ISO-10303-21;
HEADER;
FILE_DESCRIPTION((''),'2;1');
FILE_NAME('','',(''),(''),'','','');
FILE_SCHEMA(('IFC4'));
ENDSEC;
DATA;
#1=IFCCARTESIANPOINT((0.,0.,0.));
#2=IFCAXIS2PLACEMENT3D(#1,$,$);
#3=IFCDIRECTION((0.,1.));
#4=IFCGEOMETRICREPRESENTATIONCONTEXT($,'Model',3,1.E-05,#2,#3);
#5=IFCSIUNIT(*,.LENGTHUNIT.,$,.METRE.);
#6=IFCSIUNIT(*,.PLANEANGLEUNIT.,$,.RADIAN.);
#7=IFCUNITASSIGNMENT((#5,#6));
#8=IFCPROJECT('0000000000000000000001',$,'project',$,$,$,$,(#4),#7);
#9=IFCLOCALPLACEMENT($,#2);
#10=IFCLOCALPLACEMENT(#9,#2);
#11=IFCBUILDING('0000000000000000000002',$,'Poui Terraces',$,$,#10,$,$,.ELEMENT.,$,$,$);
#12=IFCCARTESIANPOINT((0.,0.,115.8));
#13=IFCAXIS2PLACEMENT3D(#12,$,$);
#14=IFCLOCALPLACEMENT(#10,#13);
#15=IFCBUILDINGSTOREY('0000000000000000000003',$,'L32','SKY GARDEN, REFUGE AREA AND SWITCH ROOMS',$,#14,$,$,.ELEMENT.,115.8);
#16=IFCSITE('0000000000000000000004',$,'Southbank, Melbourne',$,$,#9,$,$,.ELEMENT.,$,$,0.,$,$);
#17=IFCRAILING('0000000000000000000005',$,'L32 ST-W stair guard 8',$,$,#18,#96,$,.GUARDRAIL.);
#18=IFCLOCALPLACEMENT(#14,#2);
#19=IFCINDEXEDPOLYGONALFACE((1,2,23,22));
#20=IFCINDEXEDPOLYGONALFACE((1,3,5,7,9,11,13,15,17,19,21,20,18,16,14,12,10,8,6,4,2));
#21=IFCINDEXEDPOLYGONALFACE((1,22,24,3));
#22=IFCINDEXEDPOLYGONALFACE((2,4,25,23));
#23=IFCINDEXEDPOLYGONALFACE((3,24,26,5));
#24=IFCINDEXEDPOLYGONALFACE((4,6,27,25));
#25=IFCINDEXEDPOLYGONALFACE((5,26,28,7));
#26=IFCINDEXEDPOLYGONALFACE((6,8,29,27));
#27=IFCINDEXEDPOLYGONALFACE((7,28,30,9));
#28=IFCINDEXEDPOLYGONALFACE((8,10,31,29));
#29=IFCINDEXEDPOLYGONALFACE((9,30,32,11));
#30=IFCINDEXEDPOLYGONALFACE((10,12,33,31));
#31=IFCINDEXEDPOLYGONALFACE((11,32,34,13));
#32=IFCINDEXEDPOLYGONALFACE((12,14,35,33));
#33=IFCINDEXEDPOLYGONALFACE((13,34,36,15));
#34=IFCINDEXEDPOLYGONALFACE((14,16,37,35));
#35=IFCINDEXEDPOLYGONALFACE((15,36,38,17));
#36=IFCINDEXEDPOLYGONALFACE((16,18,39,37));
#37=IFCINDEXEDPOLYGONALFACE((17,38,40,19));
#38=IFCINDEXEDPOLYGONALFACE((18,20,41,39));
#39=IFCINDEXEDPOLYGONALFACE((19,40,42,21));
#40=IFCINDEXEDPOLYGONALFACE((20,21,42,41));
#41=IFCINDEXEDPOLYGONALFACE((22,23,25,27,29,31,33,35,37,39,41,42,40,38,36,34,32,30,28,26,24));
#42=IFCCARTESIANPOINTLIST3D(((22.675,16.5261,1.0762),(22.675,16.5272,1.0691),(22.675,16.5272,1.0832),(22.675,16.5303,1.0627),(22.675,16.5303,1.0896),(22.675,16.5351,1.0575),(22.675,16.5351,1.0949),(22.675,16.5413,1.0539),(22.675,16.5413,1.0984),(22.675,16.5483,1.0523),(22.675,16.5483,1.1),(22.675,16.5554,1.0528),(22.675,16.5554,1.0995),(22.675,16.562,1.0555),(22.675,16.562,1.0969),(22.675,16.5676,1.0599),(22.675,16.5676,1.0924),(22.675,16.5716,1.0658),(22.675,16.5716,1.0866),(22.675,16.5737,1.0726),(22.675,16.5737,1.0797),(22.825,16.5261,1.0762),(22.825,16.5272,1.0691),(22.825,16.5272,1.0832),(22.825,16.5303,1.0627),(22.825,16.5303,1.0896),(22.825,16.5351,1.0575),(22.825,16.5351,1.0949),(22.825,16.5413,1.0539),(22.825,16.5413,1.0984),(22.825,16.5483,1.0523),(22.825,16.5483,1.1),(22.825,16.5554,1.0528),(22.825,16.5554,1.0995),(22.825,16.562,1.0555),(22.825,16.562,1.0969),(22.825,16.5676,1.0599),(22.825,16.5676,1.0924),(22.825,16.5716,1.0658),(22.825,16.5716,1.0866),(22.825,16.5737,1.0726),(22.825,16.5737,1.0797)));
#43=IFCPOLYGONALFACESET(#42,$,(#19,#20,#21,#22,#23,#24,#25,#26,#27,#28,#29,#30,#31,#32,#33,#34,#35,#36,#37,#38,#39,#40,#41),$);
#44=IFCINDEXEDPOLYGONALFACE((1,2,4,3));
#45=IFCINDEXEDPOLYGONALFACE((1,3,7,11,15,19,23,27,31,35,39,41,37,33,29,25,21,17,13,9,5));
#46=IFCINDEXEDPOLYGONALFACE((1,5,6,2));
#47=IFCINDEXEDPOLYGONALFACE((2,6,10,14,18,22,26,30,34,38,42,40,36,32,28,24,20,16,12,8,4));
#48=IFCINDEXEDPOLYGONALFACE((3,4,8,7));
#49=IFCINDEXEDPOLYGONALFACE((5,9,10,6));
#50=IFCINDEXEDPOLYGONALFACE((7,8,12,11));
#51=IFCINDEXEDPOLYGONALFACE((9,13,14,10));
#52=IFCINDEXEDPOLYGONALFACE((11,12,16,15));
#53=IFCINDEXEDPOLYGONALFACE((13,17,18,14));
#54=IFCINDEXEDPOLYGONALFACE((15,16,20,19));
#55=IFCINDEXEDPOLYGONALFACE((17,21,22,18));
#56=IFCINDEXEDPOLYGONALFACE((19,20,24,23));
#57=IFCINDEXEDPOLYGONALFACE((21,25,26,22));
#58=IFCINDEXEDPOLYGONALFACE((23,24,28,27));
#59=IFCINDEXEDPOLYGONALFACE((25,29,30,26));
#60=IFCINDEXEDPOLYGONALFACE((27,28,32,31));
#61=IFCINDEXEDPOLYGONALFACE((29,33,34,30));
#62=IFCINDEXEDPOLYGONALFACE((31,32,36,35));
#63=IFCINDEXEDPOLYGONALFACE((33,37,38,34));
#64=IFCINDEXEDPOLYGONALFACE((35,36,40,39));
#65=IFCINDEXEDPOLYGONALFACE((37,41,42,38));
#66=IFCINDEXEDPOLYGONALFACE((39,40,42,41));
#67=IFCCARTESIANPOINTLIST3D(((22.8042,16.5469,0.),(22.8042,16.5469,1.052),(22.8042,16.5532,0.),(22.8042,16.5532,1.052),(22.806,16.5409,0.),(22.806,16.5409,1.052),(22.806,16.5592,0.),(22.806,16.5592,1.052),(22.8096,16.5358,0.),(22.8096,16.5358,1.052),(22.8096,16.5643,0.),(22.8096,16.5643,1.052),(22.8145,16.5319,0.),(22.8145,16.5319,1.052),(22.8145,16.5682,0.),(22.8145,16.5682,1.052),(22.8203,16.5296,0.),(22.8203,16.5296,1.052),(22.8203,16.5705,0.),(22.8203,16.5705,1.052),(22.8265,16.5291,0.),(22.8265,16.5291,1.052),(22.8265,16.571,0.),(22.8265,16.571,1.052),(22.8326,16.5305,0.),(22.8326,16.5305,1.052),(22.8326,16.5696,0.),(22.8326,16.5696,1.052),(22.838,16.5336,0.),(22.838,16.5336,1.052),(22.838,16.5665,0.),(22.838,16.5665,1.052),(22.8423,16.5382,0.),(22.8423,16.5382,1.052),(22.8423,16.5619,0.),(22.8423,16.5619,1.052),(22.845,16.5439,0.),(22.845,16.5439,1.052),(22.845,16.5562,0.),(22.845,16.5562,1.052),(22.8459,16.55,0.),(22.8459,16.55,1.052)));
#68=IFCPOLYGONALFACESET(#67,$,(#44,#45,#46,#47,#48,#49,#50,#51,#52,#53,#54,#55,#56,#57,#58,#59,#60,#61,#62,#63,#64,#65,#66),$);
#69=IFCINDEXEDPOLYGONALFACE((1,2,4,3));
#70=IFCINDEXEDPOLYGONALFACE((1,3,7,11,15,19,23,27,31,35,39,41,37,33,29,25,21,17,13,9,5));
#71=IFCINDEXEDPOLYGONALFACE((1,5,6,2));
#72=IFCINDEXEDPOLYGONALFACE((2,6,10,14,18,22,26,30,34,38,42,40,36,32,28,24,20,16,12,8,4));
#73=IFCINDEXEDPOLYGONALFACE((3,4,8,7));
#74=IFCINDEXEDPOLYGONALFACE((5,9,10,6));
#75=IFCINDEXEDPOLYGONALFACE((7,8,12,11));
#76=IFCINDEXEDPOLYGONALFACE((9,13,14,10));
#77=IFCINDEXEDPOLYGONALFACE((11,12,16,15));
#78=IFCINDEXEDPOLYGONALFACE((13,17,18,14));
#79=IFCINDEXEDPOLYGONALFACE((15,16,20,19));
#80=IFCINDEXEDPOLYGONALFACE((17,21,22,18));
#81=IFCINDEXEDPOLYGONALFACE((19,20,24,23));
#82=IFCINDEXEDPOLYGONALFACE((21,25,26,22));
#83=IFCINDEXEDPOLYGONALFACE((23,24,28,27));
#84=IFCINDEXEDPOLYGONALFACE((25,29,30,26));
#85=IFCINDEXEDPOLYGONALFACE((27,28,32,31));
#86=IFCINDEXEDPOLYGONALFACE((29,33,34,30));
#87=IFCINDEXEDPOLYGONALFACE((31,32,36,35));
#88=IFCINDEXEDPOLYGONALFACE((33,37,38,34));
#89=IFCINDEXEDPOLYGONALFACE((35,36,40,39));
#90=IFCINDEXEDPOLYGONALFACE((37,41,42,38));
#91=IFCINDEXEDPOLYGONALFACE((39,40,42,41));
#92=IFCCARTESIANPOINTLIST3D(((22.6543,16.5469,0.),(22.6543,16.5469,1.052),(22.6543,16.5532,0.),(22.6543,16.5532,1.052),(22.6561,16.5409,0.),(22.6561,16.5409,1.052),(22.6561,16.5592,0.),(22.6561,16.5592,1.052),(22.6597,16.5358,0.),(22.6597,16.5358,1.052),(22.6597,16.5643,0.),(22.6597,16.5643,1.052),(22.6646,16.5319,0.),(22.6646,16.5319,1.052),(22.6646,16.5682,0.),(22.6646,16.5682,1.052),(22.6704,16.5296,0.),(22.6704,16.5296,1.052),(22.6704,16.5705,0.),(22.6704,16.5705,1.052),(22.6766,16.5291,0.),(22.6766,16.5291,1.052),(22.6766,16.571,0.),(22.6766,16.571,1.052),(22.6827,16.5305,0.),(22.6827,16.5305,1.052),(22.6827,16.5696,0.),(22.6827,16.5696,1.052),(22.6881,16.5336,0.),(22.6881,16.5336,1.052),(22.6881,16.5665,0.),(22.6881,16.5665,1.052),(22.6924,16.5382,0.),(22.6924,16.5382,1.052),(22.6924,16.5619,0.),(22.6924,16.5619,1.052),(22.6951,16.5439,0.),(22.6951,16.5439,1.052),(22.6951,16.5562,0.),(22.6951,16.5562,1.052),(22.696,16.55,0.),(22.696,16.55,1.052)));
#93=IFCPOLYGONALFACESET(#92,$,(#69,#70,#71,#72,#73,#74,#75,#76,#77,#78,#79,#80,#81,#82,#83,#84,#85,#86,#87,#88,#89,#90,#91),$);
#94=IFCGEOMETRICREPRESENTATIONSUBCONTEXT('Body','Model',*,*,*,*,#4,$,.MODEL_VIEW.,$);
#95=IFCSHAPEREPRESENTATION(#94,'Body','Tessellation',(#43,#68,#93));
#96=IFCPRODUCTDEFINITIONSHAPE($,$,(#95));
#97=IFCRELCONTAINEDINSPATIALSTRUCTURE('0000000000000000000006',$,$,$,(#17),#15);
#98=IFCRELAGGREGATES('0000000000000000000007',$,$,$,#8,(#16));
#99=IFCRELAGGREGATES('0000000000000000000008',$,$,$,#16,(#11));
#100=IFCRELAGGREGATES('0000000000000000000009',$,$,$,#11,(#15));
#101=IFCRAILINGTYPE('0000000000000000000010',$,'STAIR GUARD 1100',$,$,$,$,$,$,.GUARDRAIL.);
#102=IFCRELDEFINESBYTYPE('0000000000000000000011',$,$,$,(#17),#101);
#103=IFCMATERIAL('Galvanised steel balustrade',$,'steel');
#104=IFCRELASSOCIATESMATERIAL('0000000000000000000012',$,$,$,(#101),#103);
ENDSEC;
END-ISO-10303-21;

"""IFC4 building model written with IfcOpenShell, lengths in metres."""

from ifc_helpers import new_model, si_unit, direction, frame, origin, origin_2d, place, context, subcontext, project, spatial, circle, extrude, material, type_object, element, save


model = new_model("IFC4")

# Units and contexts
model_context = context("Model", 3, precision=1e-05, world=origin(), true_north=direction((0.0, 1.0)))
body_context = subcontext(model_context, "Body", "Model", "MODEL_VIEW")
ifc_project = project(units=[si_unit("LENGTHUNIT", "METRE"), si_unit("PLANEANGLEUNIT", "RADIAN")], contexts=[model_context])

# Site, building, storey
site_placement = place(None, origin())
site = spatial("IfcSite", under=ifc_project, at=site_placement, Name="Southbank, Melbourne", CompositionType="ELEMENT", RefElevation=0.0)
building_placement = place(site_placement, origin())
building = spatial("IfcBuilding", under=site, at=building_placement, Name="Poui Terraces", CompositionType="ELEMENT")
storey_placement = place(building_placement, frame((0.0, 0.0, 115.8)))
storey = spatial("IfcBuildingStorey", under=building, at=storey_placement, Name="L32", Description="SKY GARDEN, REFUGE AREA AND SWITCH ROOMS", CompositionType="ELEMENT", Elevation=115.8)

# Railing
ifc_material_1 = material(Name="Galvanised steel balustrade", Category="steel")
railing_type_1 = type_object("IfcRailingType", Name="STAIR GUARD 1100", PredefinedType="GUARDRAIL", material=ifc_material_1)
railing_1_placement = place(storey_placement, frame((22.825, 16.55, 0.0)))
element("IfcRailing", 1, at=railing_1_placement, inside=storey, type_object=railing_type_1, Name="L32 ST-W stair guard 8", PredefinedType="GUARDRAIL", context=body_context, shape_type="SweptSolid", body=[
    extrude(circle(Radius=0.0239, at=origin_2d()), frame((0.0, 0.0, 1.0762), z_axis=(-1.0, 0.0, 0.0), x_axis=(0.0, -1.0, 0.0)), (0.0, 0.0, 1.0), 0.1499),
    extrude(circle(Radius=0.021, at=origin_2d()), origin(), (0.0, 0.0, 1.0), 1.052),
    extrude(circle(Radius=0.021, at=origin_2d()), frame((-0.1499, 0.0, 0.0)), (0.0, 0.0, 1.0), 1.052),
])

save(model, "model.ifc")
